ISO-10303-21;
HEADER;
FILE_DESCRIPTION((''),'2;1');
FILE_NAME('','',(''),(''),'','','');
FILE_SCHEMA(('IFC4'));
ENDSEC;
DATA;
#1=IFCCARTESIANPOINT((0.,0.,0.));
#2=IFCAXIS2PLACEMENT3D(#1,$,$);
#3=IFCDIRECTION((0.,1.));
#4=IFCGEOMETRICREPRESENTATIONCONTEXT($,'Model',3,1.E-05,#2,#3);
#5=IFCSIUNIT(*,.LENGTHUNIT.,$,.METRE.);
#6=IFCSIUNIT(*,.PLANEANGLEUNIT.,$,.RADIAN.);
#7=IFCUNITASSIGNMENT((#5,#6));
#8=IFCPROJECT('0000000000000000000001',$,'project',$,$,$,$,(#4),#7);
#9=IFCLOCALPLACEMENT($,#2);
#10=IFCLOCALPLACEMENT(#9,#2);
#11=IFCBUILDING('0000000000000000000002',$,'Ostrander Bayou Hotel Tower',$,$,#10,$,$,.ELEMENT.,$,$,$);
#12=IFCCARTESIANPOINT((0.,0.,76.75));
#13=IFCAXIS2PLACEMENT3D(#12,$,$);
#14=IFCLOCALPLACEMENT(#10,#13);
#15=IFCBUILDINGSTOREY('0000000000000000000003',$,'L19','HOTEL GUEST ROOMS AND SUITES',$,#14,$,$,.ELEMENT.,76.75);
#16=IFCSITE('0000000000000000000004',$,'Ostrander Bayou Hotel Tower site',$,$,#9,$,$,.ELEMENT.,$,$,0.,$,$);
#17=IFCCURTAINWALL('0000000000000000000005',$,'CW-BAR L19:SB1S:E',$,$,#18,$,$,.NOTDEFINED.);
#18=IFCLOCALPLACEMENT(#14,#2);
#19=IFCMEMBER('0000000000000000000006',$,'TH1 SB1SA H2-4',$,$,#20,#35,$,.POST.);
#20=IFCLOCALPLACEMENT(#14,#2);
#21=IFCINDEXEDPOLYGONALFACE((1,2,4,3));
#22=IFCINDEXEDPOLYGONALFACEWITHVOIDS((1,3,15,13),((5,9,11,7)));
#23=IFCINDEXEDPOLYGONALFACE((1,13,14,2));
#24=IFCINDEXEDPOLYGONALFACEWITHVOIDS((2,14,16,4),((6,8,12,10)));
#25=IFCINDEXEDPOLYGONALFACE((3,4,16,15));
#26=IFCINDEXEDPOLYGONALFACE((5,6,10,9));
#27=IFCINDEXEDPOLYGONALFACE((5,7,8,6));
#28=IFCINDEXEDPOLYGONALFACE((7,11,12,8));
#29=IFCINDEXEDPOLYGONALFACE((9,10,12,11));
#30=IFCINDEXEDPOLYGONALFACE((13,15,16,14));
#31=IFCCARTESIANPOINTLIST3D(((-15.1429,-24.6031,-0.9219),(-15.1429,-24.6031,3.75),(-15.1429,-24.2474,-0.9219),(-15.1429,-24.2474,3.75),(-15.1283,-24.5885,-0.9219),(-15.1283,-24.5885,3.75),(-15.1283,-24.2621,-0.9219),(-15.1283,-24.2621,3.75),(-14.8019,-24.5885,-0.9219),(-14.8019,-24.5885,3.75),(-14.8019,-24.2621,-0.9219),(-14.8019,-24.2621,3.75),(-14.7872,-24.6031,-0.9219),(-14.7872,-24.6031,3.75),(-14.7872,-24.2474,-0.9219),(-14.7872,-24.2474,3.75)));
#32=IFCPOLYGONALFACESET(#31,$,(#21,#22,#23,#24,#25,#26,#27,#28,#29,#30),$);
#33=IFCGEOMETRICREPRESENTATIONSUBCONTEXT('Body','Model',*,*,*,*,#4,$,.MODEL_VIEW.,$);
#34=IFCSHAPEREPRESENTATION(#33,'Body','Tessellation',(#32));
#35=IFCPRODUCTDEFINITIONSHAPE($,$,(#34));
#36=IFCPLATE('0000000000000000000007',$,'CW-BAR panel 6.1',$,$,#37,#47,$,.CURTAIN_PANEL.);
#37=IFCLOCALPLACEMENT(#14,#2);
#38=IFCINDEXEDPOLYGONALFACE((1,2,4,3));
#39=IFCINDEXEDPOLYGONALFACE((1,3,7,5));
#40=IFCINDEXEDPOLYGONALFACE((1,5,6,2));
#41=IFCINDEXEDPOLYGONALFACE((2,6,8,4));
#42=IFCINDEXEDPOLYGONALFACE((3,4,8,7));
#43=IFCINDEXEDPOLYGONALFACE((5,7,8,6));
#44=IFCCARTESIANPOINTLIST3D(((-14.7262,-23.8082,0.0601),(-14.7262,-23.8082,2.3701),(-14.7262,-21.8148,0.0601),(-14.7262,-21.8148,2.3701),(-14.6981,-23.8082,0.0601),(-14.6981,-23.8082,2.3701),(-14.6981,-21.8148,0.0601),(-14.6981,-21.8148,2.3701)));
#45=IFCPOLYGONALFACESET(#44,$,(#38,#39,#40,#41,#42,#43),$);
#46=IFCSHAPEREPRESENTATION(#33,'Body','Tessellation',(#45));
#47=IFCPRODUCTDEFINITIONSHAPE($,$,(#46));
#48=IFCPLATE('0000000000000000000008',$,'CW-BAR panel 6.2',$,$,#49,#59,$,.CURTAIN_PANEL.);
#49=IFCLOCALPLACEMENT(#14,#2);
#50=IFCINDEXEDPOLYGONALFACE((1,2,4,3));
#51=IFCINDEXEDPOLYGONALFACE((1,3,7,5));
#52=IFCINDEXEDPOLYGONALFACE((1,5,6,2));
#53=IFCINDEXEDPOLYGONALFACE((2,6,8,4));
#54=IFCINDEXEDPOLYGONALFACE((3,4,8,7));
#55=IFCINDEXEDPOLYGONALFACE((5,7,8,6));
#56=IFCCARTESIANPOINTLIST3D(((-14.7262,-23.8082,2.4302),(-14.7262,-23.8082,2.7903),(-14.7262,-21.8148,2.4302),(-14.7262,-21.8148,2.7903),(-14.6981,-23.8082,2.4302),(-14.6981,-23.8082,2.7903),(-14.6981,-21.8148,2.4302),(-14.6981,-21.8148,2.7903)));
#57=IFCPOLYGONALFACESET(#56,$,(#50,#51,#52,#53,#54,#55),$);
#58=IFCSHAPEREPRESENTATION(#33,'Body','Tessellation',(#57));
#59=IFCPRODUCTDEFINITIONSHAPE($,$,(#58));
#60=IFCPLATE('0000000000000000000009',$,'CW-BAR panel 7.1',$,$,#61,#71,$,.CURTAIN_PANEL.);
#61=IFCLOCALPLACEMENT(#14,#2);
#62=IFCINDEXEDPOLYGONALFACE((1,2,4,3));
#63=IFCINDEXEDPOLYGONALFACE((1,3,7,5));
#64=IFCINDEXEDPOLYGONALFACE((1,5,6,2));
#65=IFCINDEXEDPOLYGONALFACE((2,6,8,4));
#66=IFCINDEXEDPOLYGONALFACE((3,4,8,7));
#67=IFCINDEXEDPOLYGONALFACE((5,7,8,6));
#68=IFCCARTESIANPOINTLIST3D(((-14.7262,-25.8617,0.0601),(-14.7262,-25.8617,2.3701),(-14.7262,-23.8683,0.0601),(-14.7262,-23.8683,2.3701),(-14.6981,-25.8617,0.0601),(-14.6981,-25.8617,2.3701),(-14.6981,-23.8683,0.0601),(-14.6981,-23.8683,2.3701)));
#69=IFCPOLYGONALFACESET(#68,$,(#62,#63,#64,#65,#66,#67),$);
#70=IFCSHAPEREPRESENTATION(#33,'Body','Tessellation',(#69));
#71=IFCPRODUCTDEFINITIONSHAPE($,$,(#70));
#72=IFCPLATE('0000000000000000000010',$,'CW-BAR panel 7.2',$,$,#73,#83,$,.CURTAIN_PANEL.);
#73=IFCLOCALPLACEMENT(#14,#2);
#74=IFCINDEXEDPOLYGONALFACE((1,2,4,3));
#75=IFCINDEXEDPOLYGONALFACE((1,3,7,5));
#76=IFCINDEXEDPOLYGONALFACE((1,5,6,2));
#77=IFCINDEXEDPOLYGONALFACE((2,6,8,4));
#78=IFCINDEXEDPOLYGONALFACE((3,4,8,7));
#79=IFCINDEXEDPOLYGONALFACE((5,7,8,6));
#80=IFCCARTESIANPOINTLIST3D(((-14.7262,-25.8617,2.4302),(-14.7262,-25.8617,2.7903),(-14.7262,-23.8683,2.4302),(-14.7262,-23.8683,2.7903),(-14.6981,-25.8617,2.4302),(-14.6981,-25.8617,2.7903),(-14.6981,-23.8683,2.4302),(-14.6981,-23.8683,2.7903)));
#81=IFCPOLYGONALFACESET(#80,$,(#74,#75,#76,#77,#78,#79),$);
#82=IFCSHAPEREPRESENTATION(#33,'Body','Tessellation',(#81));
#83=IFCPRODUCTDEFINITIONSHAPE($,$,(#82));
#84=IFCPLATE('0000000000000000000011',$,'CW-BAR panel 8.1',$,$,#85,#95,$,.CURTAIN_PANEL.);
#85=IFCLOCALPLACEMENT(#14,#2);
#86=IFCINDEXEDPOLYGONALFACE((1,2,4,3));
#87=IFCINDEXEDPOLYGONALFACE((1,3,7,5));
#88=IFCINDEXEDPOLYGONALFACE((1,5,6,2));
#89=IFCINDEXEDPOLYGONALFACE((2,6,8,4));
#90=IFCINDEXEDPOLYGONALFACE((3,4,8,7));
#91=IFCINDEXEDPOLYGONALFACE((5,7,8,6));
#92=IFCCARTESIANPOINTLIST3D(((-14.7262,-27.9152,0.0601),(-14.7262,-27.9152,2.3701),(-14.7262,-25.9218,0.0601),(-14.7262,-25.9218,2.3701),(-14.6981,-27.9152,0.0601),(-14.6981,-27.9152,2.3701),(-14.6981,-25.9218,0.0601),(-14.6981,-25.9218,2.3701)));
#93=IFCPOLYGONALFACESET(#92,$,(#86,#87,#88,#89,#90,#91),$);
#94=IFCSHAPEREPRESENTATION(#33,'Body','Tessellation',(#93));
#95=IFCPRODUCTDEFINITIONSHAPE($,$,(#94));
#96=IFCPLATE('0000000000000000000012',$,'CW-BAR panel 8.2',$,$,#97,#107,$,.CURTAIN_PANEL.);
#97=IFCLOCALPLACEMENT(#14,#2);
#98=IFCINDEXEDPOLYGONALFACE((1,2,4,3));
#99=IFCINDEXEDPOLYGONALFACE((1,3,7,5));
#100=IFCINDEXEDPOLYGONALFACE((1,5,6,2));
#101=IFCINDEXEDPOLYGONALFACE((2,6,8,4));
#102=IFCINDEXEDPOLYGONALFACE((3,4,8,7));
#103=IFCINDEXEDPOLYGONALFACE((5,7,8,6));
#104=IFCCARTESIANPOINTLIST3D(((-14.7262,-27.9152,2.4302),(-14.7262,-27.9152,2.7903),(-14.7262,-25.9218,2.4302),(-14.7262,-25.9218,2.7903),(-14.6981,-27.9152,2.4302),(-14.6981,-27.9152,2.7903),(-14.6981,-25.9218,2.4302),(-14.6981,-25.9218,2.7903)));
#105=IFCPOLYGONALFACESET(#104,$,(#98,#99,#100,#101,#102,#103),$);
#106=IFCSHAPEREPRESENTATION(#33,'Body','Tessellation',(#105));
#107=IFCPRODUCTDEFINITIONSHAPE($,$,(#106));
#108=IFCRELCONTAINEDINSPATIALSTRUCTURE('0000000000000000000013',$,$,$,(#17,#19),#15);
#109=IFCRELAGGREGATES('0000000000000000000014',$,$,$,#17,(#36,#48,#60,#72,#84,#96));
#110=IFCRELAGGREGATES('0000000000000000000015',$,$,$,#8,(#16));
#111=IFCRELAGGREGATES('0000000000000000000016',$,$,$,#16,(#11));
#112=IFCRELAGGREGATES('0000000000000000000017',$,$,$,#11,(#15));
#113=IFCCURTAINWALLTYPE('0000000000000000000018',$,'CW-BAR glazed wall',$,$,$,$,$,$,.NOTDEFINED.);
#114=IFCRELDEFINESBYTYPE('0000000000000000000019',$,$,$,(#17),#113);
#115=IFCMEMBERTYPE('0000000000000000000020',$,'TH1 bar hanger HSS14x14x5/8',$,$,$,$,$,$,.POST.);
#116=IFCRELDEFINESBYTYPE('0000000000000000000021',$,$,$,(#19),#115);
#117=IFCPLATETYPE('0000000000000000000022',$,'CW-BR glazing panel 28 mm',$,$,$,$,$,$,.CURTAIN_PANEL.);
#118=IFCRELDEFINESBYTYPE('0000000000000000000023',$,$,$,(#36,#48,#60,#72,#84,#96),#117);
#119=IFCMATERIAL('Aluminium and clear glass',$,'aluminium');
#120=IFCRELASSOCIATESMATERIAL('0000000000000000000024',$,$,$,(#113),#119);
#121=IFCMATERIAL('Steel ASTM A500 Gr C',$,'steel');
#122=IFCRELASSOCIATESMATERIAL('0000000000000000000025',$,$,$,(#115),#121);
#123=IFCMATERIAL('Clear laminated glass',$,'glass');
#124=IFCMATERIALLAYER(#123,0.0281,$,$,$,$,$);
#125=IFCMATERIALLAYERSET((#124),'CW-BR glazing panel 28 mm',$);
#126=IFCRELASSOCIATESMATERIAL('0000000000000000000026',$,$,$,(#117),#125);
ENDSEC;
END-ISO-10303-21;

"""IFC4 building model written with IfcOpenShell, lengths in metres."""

from ifc_helpers import new_model, si_unit, direction, frame, origin, origin_2d, place, context, subcontext, project, spatial, rectangle, hollow_rectangle, extrude, material, layer, layer_set, material_profile, profile_set, type_object, element, aggregate, save


model = new_model("IFC4")

# Units and contexts
model_context = context("Model", 3, precision=1e-05, world=origin(), true_north=direction((0.0, 1.0)))
body_context = subcontext(model_context, "Body", "Model", "MODEL_VIEW")
ifc_project = project(units=[si_unit("LENGTHUNIT", "METRE"), si_unit("PLANEANGLEUNIT", "RADIAN")], contexts=[model_context])

# Site, building, storey
site_placement = place(None, origin())
site = spatial("IfcSite", under=ifc_project, at=site_placement, Name="Ostrander Bayou Hotel Tower site", CompositionType="ELEMENT", RefElevation=0.0)
building_placement = place(site_placement, origin())
building = spatial("IfcBuilding", under=site, at=building_placement, Name="Ostrander Bayou Hotel Tower", CompositionType="ELEMENT")
storey_placement = place(building_placement, frame((0.0, 0.0, 76.75)))
storey = spatial("IfcBuildingStorey", under=building, at=storey_placement, Name="L19", Description="HOTEL GUEST ROOMS AND SUITES", CompositionType="ELEMENT", Elevation=76.75)

# Curtain wall
ifc_material_1 = material(Name="Aluminium and clear glass", Category="aluminium")
curtain_wall_type = type_object("IfcCurtainWallType", Name="CW-BAR glazed wall", PredefinedType="NOTDEFINED", material=ifc_material_1)
curtain_wall_placement = place(storey_placement, origin())
curtain_wall = element("IfcCurtainWall", 1, at=curtain_wall_placement, inside=storey, type_object=curtain_wall_type, Name="CW-BAR L19:SB1S:E", PredefinedType="NOTDEFINED")

# Member
ifc_material_2 = material(Name="Steel ASTM A500 Gr C", Category="steel")
ifc_material_profile_1 = material_profile(ifc_material_2, hollow_rectangle(XDim=0.3557, YDim=0.3557, WallThickness=0.0146, at=origin_2d()))
ifc_profile_set_1 = profile_set([ifc_material_profile_1], Name="Steel ASTM A500 Gr C")
member_type_1 = type_object("IfcMemberType", Name="TH1 bar hanger HSS14x14x5/8", PredefinedType="POST", material=ifc_profile_set_1)
member_1_placement = place(storey_placement, frame((-14.9651, -24.4253, -0.9219), z_axis=(0.0, 0.0, 1.0), x_axis=(1.0, 0.0, 0.0)))
element("IfcMember", 2, at=member_1_placement, inside=storey, type_object=member_type_1, Name="TH1 SB1SA H2-4", PredefinedType="POST", context=body_context, shape_type="SweptSolid", body=[
    extrude(hollow_rectangle(XDim=0.3557, YDim=0.3557, WallThickness=0.0146, at=origin_2d()), origin(), (0.0, 0.0, 1.0), 4.6719),
])

# Plates
ifc_material_3 = material(Name="Clear laminated glass", Category="glass")
ifc_layer_1 = layer(ifc_material_3, 0.0281)
ifc_layer_set_1 = layer_set([ifc_layer_1], Name="CW-BR glazing panel 28 mm")
plate_type = type_object("IfcPlateType", Name="CW-BR glazing panel 28 mm", PredefinedType="CURTAIN_PANEL", material=ifc_layer_set_1)
plate_1_placement = place(storey_placement, frame((-14.7122, -22.8115, 0.0601), z_axis=(0.0, 0.0, 1.0), x_axis=(0.0, -1.0, 0.0)))
plate_1 = element("IfcPlate", 3, at=plate_1_placement, type_object=plate_type, Name="CW-BAR panel 6.1", PredefinedType="CURTAIN_PANEL", context=body_context, shape_type="SweptSolid", body=[
    extrude(rectangle(XDim=1.9934, YDim=0.0281, at=origin_2d()), origin(), (0.0, 0.0, 1.0), 2.3101),
])
plate_2_placement = place(storey_placement, frame((-14.7122, -22.8115, 2.4302), z_axis=(0.0, 0.0, 1.0), x_axis=(0.0, -1.0, 0.0)))
plate_2 = element("IfcPlate", 4, at=plate_2_placement, type_object=plate_type, Name="CW-BAR panel 6.2", PredefinedType="CURTAIN_PANEL", context=body_context, shape_type="SweptSolid", body=[
    extrude(rectangle(XDim=1.9934, YDim=0.0281, at=origin_2d()), origin(), (0.0, 0.0, 1.0), 0.3601),
])
plate_3_placement = place(storey_placement, frame((-14.7122, -24.865, 0.0601), z_axis=(0.0, 0.0, 1.0), x_axis=(0.0, -1.0, 0.0)))
plate_3 = element("IfcPlate", 5, at=plate_3_placement, type_object=plate_type, Name="CW-BAR panel 7.1", PredefinedType="CURTAIN_PANEL", context=body_context, shape_type="SweptSolid", body=[
    extrude(rectangle(XDim=1.9934, YDim=0.0281, at=origin_2d()), origin(), (0.0, 0.0, 1.0), 2.3101),
])
plate_4_placement = place(storey_placement, frame((-14.7122, -24.865, 2.4302), z_axis=(0.0, 0.0, 1.0), x_axis=(0.0, -1.0, 0.0)))
plate_4 = element("IfcPlate", 6, at=plate_4_placement, type_object=plate_type, Name="CW-BAR panel 7.2", PredefinedType="CURTAIN_PANEL", context=body_context, shape_type="SweptSolid", body=[
    extrude(rectangle(XDim=1.9934, YDim=0.0281, at=origin_2d()), origin(), (0.0, 0.0, 1.0), 0.3601),
])
plate_5_placement = place(storey_placement, frame((-14.7122, -26.9185, 0.0601), z_axis=(0.0, 0.0, 1.0), x_axis=(0.0, -1.0, 0.0)))
plate_5 = element("IfcPlate", 7, at=plate_5_placement, type_object=plate_type, Name="CW-BAR panel 8.1", PredefinedType="CURTAIN_PANEL", context=body_context, shape_type="SweptSolid", body=[
    extrude(rectangle(XDim=1.9934, YDim=0.0281, at=origin_2d()), origin(), (0.0, 0.0, 1.0), 2.3101),
])
plate_6_placement = place(storey_placement, frame((-14.7122, -26.9185, 2.4302), z_axis=(0.0, 0.0, 1.0), x_axis=(0.0, -1.0, 0.0)))
plate_6 = element("IfcPlate", 8, at=plate_6_placement, type_object=plate_type, Name="CW-BAR panel 8.2", PredefinedType="CURTAIN_PANEL", context=body_context, shape_type="SweptSolid", body=[
    extrude(rectangle(XDim=1.9934, YDim=0.0281, at=origin_2d()), origin(), (0.0, 0.0, 1.0), 0.3601),
])
aggregate(curtain_wall, [plate_1, plate_2, plate_3, plate_4, plate_5, plate_6])

save(model, "model.ifc")
